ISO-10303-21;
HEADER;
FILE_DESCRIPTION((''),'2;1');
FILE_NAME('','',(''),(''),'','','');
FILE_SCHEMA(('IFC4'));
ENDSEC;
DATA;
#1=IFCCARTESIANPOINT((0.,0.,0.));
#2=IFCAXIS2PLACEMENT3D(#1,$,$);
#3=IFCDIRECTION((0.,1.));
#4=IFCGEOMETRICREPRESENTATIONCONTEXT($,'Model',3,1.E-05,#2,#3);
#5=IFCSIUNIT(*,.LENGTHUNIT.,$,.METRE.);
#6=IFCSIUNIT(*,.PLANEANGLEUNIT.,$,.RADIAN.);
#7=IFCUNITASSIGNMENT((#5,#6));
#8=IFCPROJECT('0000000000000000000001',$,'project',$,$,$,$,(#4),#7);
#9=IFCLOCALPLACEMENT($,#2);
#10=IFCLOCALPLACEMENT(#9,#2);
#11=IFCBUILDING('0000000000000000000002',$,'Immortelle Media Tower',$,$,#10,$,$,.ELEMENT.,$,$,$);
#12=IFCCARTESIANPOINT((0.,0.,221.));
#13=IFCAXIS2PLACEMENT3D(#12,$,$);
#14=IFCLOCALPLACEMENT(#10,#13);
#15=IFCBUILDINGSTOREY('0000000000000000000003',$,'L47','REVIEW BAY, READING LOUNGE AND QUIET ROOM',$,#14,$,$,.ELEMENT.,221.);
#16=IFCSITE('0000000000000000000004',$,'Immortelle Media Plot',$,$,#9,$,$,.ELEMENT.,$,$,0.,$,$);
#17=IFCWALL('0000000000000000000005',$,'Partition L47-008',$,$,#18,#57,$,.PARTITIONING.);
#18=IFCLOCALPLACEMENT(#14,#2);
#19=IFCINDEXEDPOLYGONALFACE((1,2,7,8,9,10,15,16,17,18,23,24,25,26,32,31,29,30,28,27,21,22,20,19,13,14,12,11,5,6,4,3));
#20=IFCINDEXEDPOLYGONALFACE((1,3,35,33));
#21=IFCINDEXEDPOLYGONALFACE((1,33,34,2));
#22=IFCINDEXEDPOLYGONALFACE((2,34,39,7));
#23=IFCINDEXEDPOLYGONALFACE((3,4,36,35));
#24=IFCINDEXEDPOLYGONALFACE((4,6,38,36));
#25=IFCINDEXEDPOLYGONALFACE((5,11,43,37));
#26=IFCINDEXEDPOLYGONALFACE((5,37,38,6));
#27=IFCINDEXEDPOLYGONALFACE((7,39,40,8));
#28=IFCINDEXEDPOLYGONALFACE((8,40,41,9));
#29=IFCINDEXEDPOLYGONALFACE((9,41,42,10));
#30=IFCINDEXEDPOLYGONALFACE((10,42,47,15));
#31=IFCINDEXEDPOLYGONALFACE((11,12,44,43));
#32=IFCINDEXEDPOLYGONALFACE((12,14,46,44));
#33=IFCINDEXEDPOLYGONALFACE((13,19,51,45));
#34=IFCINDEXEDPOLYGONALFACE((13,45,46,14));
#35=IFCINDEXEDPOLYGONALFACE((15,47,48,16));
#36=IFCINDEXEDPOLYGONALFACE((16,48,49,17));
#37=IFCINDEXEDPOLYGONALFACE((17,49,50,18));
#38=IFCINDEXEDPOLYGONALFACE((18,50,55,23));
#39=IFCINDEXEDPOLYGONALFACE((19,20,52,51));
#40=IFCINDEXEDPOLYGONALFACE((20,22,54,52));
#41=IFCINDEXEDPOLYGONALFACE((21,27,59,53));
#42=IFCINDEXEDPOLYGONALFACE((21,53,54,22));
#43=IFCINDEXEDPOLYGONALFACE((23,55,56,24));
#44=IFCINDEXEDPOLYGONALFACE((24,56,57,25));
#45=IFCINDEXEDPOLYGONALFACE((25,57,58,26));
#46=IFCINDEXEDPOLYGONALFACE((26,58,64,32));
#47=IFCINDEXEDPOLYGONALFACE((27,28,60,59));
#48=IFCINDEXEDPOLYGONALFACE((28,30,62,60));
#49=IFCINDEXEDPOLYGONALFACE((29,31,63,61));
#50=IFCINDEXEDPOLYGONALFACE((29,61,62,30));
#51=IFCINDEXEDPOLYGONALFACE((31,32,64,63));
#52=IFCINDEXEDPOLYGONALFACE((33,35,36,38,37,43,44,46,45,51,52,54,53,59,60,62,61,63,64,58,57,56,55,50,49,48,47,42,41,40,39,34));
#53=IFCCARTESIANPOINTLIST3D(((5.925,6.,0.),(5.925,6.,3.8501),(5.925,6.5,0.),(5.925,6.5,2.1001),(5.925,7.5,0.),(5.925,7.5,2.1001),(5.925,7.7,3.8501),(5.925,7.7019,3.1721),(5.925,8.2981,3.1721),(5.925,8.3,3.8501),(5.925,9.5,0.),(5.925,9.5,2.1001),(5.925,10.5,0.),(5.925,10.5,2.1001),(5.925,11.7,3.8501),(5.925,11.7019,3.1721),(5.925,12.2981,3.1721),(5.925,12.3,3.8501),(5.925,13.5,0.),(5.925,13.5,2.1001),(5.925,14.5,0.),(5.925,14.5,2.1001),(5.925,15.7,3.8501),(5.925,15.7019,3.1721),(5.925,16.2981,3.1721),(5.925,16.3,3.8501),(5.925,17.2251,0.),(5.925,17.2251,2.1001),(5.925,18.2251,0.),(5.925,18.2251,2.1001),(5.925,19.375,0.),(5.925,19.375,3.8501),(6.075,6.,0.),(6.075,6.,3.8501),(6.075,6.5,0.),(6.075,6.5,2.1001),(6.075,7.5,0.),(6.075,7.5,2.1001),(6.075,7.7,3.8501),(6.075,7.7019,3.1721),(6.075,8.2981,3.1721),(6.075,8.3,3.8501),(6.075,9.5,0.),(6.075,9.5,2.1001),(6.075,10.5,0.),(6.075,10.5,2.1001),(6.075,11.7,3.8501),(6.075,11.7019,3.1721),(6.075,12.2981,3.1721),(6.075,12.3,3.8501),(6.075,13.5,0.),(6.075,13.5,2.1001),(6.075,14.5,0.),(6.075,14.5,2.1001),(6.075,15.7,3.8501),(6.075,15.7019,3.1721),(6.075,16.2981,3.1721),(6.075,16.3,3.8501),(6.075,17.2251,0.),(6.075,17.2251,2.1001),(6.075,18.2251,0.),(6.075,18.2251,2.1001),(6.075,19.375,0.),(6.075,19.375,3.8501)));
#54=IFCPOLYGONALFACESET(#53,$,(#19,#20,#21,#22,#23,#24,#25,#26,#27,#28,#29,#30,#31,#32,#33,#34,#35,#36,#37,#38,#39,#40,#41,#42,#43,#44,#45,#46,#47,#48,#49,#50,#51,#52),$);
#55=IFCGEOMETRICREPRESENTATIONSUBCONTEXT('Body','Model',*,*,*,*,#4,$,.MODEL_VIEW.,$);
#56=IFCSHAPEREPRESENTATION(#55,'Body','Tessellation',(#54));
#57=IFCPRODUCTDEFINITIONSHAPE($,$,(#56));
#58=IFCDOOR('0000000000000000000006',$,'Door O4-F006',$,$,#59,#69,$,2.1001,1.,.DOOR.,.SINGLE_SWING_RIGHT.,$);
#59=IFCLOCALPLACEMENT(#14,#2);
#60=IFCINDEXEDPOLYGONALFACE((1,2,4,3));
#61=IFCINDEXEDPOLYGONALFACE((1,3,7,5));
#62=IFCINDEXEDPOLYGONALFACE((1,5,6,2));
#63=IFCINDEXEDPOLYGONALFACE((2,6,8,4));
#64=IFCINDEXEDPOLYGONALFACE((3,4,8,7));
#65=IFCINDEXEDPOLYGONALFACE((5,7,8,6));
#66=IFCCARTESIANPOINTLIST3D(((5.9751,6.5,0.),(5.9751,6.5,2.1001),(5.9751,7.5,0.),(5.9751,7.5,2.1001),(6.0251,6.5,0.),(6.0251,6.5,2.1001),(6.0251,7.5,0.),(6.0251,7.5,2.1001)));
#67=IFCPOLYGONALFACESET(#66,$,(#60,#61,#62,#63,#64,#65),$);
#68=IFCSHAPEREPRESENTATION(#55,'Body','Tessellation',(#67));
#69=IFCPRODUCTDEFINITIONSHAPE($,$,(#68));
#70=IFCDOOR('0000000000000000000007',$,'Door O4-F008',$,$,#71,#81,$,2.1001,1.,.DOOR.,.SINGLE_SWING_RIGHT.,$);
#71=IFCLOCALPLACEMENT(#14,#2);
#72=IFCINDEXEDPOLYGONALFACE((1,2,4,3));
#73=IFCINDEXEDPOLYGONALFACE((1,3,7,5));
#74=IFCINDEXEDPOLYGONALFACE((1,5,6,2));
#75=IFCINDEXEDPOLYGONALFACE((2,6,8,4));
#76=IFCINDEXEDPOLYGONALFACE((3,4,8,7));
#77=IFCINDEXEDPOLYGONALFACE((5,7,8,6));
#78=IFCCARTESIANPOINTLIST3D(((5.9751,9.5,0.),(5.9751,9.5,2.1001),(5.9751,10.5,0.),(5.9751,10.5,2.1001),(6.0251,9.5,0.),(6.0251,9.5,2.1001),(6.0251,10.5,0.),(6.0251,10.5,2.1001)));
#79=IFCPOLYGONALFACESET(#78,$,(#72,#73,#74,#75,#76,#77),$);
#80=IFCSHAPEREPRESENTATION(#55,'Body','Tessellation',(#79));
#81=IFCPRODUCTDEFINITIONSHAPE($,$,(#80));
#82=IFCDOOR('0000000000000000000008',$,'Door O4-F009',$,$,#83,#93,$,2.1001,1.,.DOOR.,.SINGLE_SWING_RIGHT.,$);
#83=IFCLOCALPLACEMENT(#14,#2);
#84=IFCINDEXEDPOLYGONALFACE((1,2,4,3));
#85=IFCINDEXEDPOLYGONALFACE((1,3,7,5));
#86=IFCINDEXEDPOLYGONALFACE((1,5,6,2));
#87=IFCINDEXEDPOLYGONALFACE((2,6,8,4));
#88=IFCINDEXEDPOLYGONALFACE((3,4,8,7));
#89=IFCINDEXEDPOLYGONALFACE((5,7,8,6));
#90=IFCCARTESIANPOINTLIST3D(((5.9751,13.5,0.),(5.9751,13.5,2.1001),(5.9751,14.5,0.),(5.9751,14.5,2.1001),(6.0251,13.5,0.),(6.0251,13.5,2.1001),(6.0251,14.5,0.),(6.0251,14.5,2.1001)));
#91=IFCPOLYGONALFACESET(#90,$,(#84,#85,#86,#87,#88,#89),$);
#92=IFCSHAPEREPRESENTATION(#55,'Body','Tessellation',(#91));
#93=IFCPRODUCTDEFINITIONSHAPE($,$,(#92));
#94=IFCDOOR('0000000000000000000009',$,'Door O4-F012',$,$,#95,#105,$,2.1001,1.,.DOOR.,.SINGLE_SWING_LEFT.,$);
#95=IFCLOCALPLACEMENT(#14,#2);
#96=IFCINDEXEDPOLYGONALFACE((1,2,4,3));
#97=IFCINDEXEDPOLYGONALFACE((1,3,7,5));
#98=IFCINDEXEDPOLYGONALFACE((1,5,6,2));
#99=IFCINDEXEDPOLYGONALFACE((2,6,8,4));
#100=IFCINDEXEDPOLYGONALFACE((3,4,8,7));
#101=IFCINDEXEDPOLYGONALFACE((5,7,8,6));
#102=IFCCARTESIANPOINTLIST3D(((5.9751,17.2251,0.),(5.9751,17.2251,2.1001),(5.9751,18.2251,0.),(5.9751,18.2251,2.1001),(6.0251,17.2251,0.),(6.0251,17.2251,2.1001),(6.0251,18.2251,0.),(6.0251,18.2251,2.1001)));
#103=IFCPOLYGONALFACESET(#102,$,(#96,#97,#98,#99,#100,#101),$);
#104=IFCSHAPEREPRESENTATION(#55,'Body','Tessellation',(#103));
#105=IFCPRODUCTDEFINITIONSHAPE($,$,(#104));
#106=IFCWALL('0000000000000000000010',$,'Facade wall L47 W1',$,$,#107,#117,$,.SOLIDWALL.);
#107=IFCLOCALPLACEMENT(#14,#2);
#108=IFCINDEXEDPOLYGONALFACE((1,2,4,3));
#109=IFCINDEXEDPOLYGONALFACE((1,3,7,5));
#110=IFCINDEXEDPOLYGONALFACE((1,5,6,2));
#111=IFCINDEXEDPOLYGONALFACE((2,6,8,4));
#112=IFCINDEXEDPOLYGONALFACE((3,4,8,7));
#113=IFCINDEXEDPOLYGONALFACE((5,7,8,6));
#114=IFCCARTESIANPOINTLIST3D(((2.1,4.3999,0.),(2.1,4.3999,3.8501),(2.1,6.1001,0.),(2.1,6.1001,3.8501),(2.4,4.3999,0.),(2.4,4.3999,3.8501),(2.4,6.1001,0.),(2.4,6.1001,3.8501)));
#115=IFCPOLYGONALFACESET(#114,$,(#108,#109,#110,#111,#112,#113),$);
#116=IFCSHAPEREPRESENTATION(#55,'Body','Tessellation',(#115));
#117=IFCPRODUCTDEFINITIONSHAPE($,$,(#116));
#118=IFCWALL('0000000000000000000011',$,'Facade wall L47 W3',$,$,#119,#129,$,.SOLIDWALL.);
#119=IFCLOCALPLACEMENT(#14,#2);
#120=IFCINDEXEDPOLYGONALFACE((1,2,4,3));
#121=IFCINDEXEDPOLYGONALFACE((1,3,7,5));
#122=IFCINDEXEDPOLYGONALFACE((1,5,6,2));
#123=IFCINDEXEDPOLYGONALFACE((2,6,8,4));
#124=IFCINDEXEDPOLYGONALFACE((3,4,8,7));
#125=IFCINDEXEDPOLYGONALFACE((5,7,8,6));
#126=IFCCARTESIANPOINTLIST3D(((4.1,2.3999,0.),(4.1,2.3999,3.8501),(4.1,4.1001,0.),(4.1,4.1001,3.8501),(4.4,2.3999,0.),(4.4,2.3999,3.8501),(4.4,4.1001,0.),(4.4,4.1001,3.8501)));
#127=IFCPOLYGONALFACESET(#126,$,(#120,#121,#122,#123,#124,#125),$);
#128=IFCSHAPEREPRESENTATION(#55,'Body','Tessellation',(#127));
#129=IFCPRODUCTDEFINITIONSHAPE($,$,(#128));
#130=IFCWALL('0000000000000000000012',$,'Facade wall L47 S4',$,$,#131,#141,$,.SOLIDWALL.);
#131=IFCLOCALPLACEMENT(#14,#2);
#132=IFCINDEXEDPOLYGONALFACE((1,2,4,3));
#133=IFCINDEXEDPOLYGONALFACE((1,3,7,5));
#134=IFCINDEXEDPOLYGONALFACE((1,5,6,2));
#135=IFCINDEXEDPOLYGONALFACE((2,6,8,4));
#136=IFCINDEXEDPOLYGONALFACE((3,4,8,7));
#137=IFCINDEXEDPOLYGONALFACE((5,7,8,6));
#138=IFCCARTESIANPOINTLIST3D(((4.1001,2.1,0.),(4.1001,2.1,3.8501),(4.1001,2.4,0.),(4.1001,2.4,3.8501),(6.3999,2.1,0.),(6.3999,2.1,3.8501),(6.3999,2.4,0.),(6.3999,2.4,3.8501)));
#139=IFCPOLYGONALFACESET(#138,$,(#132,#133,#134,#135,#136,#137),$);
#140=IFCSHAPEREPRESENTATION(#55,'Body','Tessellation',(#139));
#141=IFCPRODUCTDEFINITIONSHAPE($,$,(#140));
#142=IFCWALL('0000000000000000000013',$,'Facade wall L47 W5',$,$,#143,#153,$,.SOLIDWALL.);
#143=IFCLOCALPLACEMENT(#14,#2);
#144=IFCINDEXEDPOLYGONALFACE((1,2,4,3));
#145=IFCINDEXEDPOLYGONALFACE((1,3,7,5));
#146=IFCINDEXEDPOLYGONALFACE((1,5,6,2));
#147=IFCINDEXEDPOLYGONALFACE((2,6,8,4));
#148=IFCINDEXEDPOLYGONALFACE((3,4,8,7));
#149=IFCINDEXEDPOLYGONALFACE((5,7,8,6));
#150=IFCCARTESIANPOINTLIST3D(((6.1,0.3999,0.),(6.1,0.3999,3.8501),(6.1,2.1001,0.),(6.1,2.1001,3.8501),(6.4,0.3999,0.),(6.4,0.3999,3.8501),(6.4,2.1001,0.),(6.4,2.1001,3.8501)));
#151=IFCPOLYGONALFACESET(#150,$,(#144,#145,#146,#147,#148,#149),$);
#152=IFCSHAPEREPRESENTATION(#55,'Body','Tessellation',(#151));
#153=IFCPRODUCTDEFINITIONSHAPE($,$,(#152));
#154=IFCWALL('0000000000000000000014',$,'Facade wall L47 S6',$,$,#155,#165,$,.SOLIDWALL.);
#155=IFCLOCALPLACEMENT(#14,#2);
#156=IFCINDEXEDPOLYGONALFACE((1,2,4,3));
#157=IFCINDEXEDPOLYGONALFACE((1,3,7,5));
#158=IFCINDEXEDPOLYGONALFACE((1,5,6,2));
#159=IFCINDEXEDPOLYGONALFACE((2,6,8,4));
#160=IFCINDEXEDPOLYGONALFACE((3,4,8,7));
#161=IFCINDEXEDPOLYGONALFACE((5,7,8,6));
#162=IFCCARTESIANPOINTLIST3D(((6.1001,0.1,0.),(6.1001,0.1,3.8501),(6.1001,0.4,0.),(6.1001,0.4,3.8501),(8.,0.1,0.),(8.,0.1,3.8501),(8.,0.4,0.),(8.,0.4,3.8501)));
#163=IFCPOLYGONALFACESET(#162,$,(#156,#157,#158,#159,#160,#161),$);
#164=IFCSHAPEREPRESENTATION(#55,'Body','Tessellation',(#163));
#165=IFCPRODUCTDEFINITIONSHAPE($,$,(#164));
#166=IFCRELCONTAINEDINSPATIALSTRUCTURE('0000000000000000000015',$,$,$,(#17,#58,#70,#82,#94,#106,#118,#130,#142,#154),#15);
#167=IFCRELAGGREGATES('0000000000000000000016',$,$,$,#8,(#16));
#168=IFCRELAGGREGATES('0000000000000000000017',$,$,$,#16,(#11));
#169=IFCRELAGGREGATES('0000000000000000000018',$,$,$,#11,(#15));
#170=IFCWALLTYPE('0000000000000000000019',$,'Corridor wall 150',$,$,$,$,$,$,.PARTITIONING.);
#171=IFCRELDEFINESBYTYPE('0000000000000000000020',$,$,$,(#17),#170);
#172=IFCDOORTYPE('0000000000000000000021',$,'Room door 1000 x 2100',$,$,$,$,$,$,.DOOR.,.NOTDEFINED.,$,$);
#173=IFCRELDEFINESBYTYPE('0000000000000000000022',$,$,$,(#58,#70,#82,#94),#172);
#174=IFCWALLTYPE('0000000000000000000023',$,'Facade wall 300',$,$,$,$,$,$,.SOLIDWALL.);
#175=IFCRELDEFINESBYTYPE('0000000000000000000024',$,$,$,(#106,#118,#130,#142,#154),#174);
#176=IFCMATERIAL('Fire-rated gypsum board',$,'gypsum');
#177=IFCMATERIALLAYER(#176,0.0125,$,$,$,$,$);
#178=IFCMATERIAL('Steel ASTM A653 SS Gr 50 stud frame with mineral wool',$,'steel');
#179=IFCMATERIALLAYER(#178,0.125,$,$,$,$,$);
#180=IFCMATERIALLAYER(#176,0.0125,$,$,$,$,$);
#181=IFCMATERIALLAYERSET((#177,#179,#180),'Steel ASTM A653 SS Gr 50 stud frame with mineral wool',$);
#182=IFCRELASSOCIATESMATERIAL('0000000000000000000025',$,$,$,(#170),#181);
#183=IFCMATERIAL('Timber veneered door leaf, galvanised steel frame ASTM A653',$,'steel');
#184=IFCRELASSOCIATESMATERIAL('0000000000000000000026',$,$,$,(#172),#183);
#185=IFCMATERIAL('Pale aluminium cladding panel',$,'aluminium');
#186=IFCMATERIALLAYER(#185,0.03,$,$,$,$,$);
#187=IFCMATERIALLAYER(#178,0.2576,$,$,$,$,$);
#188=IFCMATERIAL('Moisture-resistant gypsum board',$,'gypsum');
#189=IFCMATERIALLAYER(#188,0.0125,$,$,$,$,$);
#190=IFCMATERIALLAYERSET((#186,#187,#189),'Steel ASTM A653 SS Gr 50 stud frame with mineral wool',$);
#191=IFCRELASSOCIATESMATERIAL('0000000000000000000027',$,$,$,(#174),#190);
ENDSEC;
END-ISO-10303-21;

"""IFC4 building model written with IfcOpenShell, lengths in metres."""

from ifc_helpers import new_model, si_unit, direction, frame, frame_2d, origin, place, context, subcontext, project, spatial, polyline, rectangle, outline, extrude, material, layer, layer_set, type_object, element, fill, save


model = new_model("IFC4")

# Units and contexts
model_context = context("Model", 3, precision=1e-05, world=origin(), true_north=direction((0.0, 1.0)))
body_context = subcontext(model_context, "Body", "Model", "MODEL_VIEW")
ifc_project = project(units=[si_unit("LENGTHUNIT", "METRE"), si_unit("PLANEANGLEUNIT", "RADIAN")], contexts=[model_context])

# Site, building, storey
site_placement = place(None, origin())
site = spatial("IfcSite", under=ifc_project, at=site_placement, Name="Immortelle Media Plot", CompositionType="ELEMENT", RefElevation=0.0)
building_placement = place(site_placement, origin())
building = spatial("IfcBuilding", under=site, at=building_placement, Name="Immortelle Media Tower", CompositionType="ELEMENT")
storey_placement = place(building_placement, frame((0.0, 0.0, 221.0)))
storey = spatial("IfcBuildingStorey", under=building, at=storey_placement, Name="L47", Description="REVIEW BAY, READING LOUNGE AND QUIET ROOM", CompositionType="ELEMENT", Elevation=221.0)

# Wall, openings, doors
ifc_material_1 = material(Name="Fire-rated gypsum board", Category="gypsum")
ifc_layer_1 = layer(ifc_material_1, 0.0125)
ifc_material_2 = material(Name="Steel ASTM A653 SS Gr 50 stud frame with mineral wool", Category="steel")
ifc_layer_2 = layer(ifc_material_2, 0.125)
ifc_layer_3 = layer(ifc_material_1, 0.0125)
ifc_layer_set_1 = layer_set([ifc_layer_1, ifc_layer_2, ifc_layer_3], Name="Steel ASTM A653 SS Gr 50 stud frame with mineral wool")
wall_type_1 = type_object("IfcWallType", Name="Corridor wall 150", PredefinedType="PARTITIONING", material=ifc_layer_set_1)
ifc_material_3 = material(Name="Timber veneered door leaf, galvanised steel frame ASTM A653", Category="steel")
door_type = type_object("IfcDoorType", Name="Room door 1000 x 2100", OperationType="NOTDEFINED", PredefinedType="DOOR", material=ifc_material_3)
wall_1_placement = place(storey_placement, frame((6.0, 6.0, 0.0), z_axis=(0.0, 0.0, 1.0), x_axis=(0.0, 1.0, 0.0)))
wall_1 = element("IfcWall", 1, at=wall_1_placement, inside=storey, type_object=wall_type_1, Name="Partition L47-008", PredefinedType="PARTITIONING", context=body_context, shape_type="SweptSolid", body=[
    extrude(outline(polyline([(0.0, 0.0), (13.375, 0.0), (13.375, 3.8501), (10.3, 3.8501), (10.2981, 3.1721), (9.7019, 3.1721), (9.7, 3.8501), (6.3, 3.8501), (6.2981, 3.1721), (5.7019, 3.1721), (5.7, 3.8501), (2.3, 3.8501), (2.2981, 3.1721), (1.7019, 3.1721), (1.7, 3.8501), (0.0, 3.8501), (0.0, 0.0)])), frame((0.0, 0.075, 0.0), z_axis=(0.0, -1.0, 0.0), x_axis=(1.0, 0.0, 0.0)), (0.0, 0.0, 1.0), 0.1499),
])
opening_1_placement = place(wall_1_placement, frame((0.5, 0.0, 0.0)))
opening_1 = element("IfcOpeningElement", 2, at=opening_1_placement, cuts=wall_1, PredefinedType="OPENING", context=body_context, shape_type="SweptSolid", body=[
    extrude(rectangle(XDim=1.0, YDim=2.1001, at=frame_2d((0.5, 1.05))), frame((0.0, 0.085, 0.0), z_axis=(0.0, -1.0, 0.0), x_axis=(1.0, 0.0, 0.0)), (0.0, 0.0, 1.0), 0.1699),
])
opening_2_placement = place(wall_1_placement, frame((3.5, 0.0, 0.0)))
opening_2 = element("IfcOpeningElement", 3, at=opening_2_placement, cuts=wall_1, PredefinedType="OPENING", context=body_context, shape_type="SweptSolid", body=[
    extrude(rectangle(XDim=1.0, YDim=2.1001, at=frame_2d((0.5, 1.05))), frame((0.0, 0.085, 0.0), z_axis=(0.0, -1.0, 0.0), x_axis=(1.0, 0.0, 0.0)), (0.0, 0.0, 1.0), 0.1699),
])
opening_3_placement = place(wall_1_placement, frame((7.5, 0.0, 0.0)))
opening_3 = element("IfcOpeningElement", 4, at=opening_3_placement, cuts=wall_1, PredefinedType="OPENING", context=body_context, shape_type="SweptSolid", body=[
    extrude(rectangle(XDim=1.0, YDim=2.1001, at=frame_2d((0.5, 1.05))), frame((0.0, 0.085, 0.0), z_axis=(0.0, -1.0, 0.0), x_axis=(1.0, 0.0, 0.0)), (0.0, 0.0, 1.0), 0.1699),
])
opening_4_placement = place(wall_1_placement, frame((11.2251, 0.0, 0.0)))
opening_4 = element("IfcOpeningElement", 5, at=opening_4_placement, cuts=wall_1, PredefinedType="OPENING", context=body_context, shape_type="SweptSolid", body=[
    extrude(rectangle(XDim=1.0, YDim=2.1001, at=frame_2d((0.5, 1.05))), frame((0.0, 0.085, 0.0), z_axis=(0.0, -1.0, 0.0), x_axis=(1.0, 0.0, 0.0)), (0.0, 0.0, 1.0), 0.1699),
])
door_1_placement = place(opening_1_placement, origin())
door_1 = element("IfcDoor", 6, at=door_1_placement, inside=storey, type_object=door_type, Name="Door O4-F006", OperationType="SINGLE_SWING_RIGHT", OverallHeight=2.1001, OverallWidth=1.0, PredefinedType="DOOR", context=body_context, shape_type="SweptSolid", body=[
    extrude(rectangle(XDim=1.0, YDim=2.1001, at=frame_2d((0.5, 1.05))), frame((0.0, 0.0249, 0.0), z_axis=(0.0, -1.0, 0.0), x_axis=(1.0, 0.0, 0.0)), (0.0, 0.0, 1.0), 0.05),
])
fill(opening_1, door_1)
door_2_placement = place(opening_2_placement, origin())
door_2 = element("IfcDoor", 7, at=door_2_placement, inside=storey, type_object=door_type, Name="Door O4-F008", OperationType="SINGLE_SWING_RIGHT", OverallHeight=2.1001, OverallWidth=1.0, PredefinedType="DOOR", context=body_context, shape_type="SweptSolid", body=[
    extrude(rectangle(XDim=1.0, YDim=2.1001, at=frame_2d((0.5, 1.05))), frame((0.0, 0.0249, 0.0), z_axis=(0.0, -1.0, 0.0), x_axis=(1.0, 0.0, 0.0)), (0.0, 0.0, 1.0), 0.05),
])
fill(opening_2, door_2)
door_3_placement = place(opening_3_placement, origin())
door_3 = element("IfcDoor", 8, at=door_3_placement, inside=storey, type_object=door_type, Name="Door O4-F009", OperationType="SINGLE_SWING_RIGHT", OverallHeight=2.1001, OverallWidth=1.0, PredefinedType="DOOR", context=body_context, shape_type="SweptSolid", body=[
    extrude(rectangle(XDim=1.0, YDim=2.1001, at=frame_2d((0.5, 1.05))), frame((0.0, 0.0249, 0.0), z_axis=(0.0, -1.0, 0.0), x_axis=(1.0, 0.0, 0.0)), (0.0, 0.0, 1.0), 0.05),
])
fill(opening_3, door_3)
door_4_placement = place(opening_4_placement, origin())
door_4 = element("IfcDoor", 9, at=door_4_placement, inside=storey, type_object=door_type, Name="Door O4-F012", OperationType="SINGLE_SWING_LEFT", OverallHeight=2.1001, OverallWidth=1.0, PredefinedType="DOOR", context=body_context, shape_type="SweptSolid", body=[
    extrude(rectangle(XDim=1.0, YDim=2.1001, at=frame_2d((0.5, 1.05))), frame((0.0, 0.0249, 0.0), z_axis=(0.0, -1.0, 0.0), x_axis=(1.0, 0.0, 0.0)), (0.0, 0.0, 1.0), 0.05),
])
fill(opening_4, door_4)

# Walls
ifc_material_4 = material(Name="Pale aluminium cladding panel", Category="aluminium")
ifc_layer_4 = layer(ifc_material_4, 0.03)
ifc_layer_5 = layer(ifc_material_2, 0.2576)
ifc_material_5 = material(Name="Moisture-resistant gypsum board", Category="gypsum")
ifc_layer_6 = layer(ifc_material_5, 0.0125)
ifc_layer_set_2 = layer_set([ifc_layer_4, ifc_layer_5, ifc_layer_6], Name="Steel ASTM A653 SS Gr 50 stud frame with mineral wool")
wall_type_2 = type_object("IfcWallType", Name="Facade wall 300", PredefinedType="SOLIDWALL", material=ifc_layer_set_2)
for number, where, z_axis, x_axis, name in (
    (10, (2.25, 6.1001, 0.0), (0.0, 0.0, 1.0), (0.0, -1.0, 0.0), "Facade wall L47 W1"),
    (11, (4.25, 4.1001, 0.0), (0.0, 0.0, 1.0), (0.0, -1.0, 0.0), "Facade wall L47 W3"),
):
    element("IfcWall", number, at=place(storey_placement, frame(where, z_axis=z_axis, x_axis=x_axis)), inside=storey, type_object=wall_type_2, Name=name, PredefinedType="SOLIDWALL", context=body_context, shape_type="SweptSolid", body=[
        extrude(rectangle(XDim=1.7002, YDim=0.3, at=frame_2d((0.8501, 0.0))), origin(), (0.0, 0.0, 1.0), 3.8501),
    ])
wall_2_placement = place(storey_placement, frame((4.1001, 2.25, 0.0), z_axis=(0.0, 0.0, 1.0), x_axis=(1.0, 0.0, 0.0)))
element("IfcWall", 12, at=wall_2_placement, inside=storey, type_object=wall_type_2, Name="Facade wall L47 S4", PredefinedType="SOLIDWALL", context=body_context, shape_type="SweptSolid", body=[
    extrude(rectangle(XDim=2.2998, YDim=0.3, at=frame_2d((1.1499, 0.0))), origin(), (0.0, 0.0, 1.0), 3.8501),
])
wall_3_placement = place(storey_placement, frame((6.25, 2.1001, 0.0), z_axis=(0.0, 0.0, 1.0), x_axis=(0.0, -1.0, 0.0)))
element("IfcWall", 13, at=wall_3_placement, inside=storey, type_object=wall_type_2, Name="Facade wall L47 W5", PredefinedType="SOLIDWALL", context=body_context, shape_type="SweptSolid", body=[
    extrude(rectangle(XDim=1.7002, YDim=0.3, at=frame_2d((0.8501, 0.0))), origin(), (0.0, 0.0, 1.0), 3.8501),
])
wall_4_placement = place(storey_placement, frame((6.1001, 0.25, 0.0), z_axis=(0.0, 0.0, 1.0), x_axis=(1.0, 0.0, 0.0)))
element("IfcWall", 14, at=wall_4_placement, inside=storey, type_object=wall_type_2, Name="Facade wall L47 S6", PredefinedType="SOLIDWALL", context=body_context, shape_type="SweptSolid", body=[
    extrude(rectangle(XDim=1.8999, YDim=0.3, at=frame_2d((0.95, 0.0))), origin(), (0.0, 0.0, 1.0), 3.8501),
])

save(model, "model.ifc")
